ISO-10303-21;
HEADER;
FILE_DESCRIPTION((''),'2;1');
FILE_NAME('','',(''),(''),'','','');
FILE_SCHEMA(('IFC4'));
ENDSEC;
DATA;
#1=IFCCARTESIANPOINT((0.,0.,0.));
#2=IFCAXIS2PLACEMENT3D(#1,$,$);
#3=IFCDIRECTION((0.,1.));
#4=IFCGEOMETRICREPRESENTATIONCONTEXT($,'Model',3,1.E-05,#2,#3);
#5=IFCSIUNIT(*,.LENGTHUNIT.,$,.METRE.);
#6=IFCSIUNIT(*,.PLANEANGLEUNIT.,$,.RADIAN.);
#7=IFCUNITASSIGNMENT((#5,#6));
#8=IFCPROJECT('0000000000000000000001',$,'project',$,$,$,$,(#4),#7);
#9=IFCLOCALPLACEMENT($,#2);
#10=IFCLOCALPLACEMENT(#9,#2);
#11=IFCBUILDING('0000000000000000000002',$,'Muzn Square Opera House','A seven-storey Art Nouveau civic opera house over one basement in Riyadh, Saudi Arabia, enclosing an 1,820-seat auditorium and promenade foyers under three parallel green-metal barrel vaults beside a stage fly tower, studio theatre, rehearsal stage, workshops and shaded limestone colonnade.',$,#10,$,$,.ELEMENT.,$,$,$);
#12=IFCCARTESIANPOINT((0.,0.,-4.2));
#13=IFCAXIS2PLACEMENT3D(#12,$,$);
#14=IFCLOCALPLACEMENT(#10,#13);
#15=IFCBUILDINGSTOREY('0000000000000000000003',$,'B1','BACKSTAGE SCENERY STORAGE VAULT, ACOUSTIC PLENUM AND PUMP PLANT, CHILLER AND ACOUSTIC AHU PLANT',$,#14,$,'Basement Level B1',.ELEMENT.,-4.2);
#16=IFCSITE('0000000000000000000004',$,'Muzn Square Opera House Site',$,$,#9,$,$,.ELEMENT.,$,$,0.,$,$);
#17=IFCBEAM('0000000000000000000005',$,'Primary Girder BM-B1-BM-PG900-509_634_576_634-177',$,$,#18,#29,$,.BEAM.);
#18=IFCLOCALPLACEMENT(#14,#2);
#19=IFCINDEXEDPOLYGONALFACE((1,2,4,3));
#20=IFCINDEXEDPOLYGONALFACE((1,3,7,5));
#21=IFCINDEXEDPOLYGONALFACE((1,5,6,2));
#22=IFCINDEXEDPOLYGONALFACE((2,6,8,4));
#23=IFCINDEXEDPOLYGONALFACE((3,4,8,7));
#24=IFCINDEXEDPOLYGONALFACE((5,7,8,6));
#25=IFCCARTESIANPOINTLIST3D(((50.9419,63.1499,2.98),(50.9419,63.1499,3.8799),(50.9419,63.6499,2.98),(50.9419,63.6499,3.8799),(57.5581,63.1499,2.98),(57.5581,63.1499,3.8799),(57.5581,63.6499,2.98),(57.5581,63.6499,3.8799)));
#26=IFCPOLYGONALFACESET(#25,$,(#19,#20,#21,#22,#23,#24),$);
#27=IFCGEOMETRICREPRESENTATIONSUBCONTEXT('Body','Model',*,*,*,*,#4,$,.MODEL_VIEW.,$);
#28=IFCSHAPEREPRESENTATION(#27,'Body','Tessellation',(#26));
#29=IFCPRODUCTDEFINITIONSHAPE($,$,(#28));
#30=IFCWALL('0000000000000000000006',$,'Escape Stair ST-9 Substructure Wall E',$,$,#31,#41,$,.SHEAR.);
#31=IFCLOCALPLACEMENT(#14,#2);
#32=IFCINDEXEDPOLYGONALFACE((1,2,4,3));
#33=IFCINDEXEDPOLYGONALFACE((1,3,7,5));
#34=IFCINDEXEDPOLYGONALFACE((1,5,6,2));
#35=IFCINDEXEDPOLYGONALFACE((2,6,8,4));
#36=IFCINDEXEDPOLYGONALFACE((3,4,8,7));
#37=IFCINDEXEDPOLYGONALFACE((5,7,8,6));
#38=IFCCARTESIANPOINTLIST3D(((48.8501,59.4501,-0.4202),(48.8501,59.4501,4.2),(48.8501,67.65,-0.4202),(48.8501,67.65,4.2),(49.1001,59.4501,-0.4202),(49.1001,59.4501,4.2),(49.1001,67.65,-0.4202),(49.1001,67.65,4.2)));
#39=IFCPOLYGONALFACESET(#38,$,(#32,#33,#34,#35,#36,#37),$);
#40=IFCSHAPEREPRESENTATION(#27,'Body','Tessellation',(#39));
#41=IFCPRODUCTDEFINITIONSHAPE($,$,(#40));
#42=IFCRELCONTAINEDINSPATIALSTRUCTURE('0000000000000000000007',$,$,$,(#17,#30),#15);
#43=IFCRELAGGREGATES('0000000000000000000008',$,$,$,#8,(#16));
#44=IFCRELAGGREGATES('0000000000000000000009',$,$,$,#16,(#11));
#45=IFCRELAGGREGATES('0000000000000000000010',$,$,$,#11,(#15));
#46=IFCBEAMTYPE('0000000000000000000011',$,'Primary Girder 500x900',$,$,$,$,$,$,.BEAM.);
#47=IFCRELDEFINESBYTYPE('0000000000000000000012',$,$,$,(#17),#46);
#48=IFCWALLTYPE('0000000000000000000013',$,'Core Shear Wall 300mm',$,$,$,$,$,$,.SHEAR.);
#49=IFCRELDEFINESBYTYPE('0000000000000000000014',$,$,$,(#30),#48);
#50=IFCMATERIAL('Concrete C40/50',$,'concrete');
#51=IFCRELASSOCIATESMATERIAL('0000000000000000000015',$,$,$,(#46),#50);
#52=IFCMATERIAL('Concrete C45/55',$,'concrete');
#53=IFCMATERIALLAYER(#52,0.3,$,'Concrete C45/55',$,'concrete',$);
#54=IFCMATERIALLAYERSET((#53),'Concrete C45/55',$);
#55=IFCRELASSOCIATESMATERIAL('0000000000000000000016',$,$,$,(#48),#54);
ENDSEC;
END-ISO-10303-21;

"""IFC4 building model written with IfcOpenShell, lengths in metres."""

from ifc_helpers import new_model, si_unit, direction, frame, frame_2d, origin, origin_2d, place, context, subcontext, project, spatial, rectangle, extrude, material, layer, layer_set, material_profile, profile_set, type_object, element, save


model = new_model("IFC4")

# Units and contexts
model_context = context("Model", 3, precision=1e-05, world=origin(), true_north=direction((0.0, 1.0)))
body_context = subcontext(model_context, "Body", "Model", "MODEL_VIEW")
ifc_project = project(units=[si_unit("LENGTHUNIT", "METRE"), si_unit("PLANEANGLEUNIT", "RADIAN")], contexts=[model_context])

# Site, building, storey
site_placement = place(None, origin())
site = spatial("IfcSite", under=ifc_project, at=site_placement, Name="Muzn Square Opera House Site", CompositionType="ELEMENT", RefElevation=0.0)
building_placement = place(site_placement, origin())
building = spatial("IfcBuilding", under=site, at=building_placement, Name="Muzn Square Opera House", Description="A seven-storey Art Nouveau civic opera house over one basement in Riyadh, Saudi Arabia, enclosing an 1,820-seat auditorium and promenade foyers under three parallel green-metal barrel vaults beside a stage fly tower, studio theatre, rehearsal stage, workshops and shaded limestone colonnade.", CompositionType="ELEMENT")
storey_placement = place(building_placement, frame((0.0, 0.0, -4.2)))
storey = spatial("IfcBuildingStorey", under=building, at=storey_placement, Name="B1", Description="BACKSTAGE SCENERY STORAGE VAULT, ACOUSTIC PLENUM AND PUMP PLANT, CHILLER AND ACOUSTIC AHU PLANT", LongName="Basement Level B1", CompositionType="ELEMENT", Elevation=-4.2)

# Shared definitions
ifc_material_1 = material(Name="Concrete C40/50", Category="concrete")

# Shared definitions
ifc_material_2 = material(Name="Concrete C45/55", Category="concrete")

# Beam
ifc_material_profile_1 = material_profile(ifc_material_1, rectangle(XDim=0.5, YDim=0.8999, at=origin_2d()), Name="RCB 500x900", Category="concrete")
ifc_profile_set_1 = profile_set([ifc_material_profile_1], Name="Concrete C40/50")
beam_type_1 = type_object("IfcBeamType", Name="Primary Girder 500x900", PredefinedType="BEAM", material=ifc_profile_set_1)
beam_placement = place(storey_placement, frame((50.9419, 63.3999, 3.4299), z_axis=(1.0, 0.0, 0.0), x_axis=(0.0, 1.0, 0.0)))
element("IfcBeam", 1, at=beam_placement, inside=storey, type_object=beam_type_1, Name="Primary Girder BM-B1-BM-PG900-509_634_576_634-177", PredefinedType="BEAM", context=body_context, shape_type="SweptSolid", body=[
    extrude(rectangle(XDim=0.5, YDim=0.8999, at=origin_2d()), origin(), (0.0, 0.0, 1.0), 6.6162),
])

# Wall
ifc_layer = layer(ifc_material_2, 0.3, Name="Concrete C45/55", Category="concrete")
ifc_layer_set = layer_set([ifc_layer], Name="Concrete C45/55")
wall_type = type_object("IfcWallType", Name="Core Shear Wall 300mm", PredefinedType="SHEAR", material=ifc_layer_set)
wall_placement = place(storey_placement, frame((48.9751, 59.45, -0.4202), z_axis=(0.0, 0.0, 1.0), x_axis=(0.0, 1.0, 0.0)))
element("IfcWall", 2, at=wall_placement, inside=storey, type_object=wall_type, Name="Escape Stair ST-9 Substructure Wall E", PredefinedType="SHEAR", context=body_context, shape_type="SweptSolid", body=[
    extrude(rectangle(XDim=8.2, YDim=0.25, at=frame_2d((4.1001, 0.0))), origin(), (0.0, 0.0, 1.0), 4.6201),
])

save(model, "model.ifc")
